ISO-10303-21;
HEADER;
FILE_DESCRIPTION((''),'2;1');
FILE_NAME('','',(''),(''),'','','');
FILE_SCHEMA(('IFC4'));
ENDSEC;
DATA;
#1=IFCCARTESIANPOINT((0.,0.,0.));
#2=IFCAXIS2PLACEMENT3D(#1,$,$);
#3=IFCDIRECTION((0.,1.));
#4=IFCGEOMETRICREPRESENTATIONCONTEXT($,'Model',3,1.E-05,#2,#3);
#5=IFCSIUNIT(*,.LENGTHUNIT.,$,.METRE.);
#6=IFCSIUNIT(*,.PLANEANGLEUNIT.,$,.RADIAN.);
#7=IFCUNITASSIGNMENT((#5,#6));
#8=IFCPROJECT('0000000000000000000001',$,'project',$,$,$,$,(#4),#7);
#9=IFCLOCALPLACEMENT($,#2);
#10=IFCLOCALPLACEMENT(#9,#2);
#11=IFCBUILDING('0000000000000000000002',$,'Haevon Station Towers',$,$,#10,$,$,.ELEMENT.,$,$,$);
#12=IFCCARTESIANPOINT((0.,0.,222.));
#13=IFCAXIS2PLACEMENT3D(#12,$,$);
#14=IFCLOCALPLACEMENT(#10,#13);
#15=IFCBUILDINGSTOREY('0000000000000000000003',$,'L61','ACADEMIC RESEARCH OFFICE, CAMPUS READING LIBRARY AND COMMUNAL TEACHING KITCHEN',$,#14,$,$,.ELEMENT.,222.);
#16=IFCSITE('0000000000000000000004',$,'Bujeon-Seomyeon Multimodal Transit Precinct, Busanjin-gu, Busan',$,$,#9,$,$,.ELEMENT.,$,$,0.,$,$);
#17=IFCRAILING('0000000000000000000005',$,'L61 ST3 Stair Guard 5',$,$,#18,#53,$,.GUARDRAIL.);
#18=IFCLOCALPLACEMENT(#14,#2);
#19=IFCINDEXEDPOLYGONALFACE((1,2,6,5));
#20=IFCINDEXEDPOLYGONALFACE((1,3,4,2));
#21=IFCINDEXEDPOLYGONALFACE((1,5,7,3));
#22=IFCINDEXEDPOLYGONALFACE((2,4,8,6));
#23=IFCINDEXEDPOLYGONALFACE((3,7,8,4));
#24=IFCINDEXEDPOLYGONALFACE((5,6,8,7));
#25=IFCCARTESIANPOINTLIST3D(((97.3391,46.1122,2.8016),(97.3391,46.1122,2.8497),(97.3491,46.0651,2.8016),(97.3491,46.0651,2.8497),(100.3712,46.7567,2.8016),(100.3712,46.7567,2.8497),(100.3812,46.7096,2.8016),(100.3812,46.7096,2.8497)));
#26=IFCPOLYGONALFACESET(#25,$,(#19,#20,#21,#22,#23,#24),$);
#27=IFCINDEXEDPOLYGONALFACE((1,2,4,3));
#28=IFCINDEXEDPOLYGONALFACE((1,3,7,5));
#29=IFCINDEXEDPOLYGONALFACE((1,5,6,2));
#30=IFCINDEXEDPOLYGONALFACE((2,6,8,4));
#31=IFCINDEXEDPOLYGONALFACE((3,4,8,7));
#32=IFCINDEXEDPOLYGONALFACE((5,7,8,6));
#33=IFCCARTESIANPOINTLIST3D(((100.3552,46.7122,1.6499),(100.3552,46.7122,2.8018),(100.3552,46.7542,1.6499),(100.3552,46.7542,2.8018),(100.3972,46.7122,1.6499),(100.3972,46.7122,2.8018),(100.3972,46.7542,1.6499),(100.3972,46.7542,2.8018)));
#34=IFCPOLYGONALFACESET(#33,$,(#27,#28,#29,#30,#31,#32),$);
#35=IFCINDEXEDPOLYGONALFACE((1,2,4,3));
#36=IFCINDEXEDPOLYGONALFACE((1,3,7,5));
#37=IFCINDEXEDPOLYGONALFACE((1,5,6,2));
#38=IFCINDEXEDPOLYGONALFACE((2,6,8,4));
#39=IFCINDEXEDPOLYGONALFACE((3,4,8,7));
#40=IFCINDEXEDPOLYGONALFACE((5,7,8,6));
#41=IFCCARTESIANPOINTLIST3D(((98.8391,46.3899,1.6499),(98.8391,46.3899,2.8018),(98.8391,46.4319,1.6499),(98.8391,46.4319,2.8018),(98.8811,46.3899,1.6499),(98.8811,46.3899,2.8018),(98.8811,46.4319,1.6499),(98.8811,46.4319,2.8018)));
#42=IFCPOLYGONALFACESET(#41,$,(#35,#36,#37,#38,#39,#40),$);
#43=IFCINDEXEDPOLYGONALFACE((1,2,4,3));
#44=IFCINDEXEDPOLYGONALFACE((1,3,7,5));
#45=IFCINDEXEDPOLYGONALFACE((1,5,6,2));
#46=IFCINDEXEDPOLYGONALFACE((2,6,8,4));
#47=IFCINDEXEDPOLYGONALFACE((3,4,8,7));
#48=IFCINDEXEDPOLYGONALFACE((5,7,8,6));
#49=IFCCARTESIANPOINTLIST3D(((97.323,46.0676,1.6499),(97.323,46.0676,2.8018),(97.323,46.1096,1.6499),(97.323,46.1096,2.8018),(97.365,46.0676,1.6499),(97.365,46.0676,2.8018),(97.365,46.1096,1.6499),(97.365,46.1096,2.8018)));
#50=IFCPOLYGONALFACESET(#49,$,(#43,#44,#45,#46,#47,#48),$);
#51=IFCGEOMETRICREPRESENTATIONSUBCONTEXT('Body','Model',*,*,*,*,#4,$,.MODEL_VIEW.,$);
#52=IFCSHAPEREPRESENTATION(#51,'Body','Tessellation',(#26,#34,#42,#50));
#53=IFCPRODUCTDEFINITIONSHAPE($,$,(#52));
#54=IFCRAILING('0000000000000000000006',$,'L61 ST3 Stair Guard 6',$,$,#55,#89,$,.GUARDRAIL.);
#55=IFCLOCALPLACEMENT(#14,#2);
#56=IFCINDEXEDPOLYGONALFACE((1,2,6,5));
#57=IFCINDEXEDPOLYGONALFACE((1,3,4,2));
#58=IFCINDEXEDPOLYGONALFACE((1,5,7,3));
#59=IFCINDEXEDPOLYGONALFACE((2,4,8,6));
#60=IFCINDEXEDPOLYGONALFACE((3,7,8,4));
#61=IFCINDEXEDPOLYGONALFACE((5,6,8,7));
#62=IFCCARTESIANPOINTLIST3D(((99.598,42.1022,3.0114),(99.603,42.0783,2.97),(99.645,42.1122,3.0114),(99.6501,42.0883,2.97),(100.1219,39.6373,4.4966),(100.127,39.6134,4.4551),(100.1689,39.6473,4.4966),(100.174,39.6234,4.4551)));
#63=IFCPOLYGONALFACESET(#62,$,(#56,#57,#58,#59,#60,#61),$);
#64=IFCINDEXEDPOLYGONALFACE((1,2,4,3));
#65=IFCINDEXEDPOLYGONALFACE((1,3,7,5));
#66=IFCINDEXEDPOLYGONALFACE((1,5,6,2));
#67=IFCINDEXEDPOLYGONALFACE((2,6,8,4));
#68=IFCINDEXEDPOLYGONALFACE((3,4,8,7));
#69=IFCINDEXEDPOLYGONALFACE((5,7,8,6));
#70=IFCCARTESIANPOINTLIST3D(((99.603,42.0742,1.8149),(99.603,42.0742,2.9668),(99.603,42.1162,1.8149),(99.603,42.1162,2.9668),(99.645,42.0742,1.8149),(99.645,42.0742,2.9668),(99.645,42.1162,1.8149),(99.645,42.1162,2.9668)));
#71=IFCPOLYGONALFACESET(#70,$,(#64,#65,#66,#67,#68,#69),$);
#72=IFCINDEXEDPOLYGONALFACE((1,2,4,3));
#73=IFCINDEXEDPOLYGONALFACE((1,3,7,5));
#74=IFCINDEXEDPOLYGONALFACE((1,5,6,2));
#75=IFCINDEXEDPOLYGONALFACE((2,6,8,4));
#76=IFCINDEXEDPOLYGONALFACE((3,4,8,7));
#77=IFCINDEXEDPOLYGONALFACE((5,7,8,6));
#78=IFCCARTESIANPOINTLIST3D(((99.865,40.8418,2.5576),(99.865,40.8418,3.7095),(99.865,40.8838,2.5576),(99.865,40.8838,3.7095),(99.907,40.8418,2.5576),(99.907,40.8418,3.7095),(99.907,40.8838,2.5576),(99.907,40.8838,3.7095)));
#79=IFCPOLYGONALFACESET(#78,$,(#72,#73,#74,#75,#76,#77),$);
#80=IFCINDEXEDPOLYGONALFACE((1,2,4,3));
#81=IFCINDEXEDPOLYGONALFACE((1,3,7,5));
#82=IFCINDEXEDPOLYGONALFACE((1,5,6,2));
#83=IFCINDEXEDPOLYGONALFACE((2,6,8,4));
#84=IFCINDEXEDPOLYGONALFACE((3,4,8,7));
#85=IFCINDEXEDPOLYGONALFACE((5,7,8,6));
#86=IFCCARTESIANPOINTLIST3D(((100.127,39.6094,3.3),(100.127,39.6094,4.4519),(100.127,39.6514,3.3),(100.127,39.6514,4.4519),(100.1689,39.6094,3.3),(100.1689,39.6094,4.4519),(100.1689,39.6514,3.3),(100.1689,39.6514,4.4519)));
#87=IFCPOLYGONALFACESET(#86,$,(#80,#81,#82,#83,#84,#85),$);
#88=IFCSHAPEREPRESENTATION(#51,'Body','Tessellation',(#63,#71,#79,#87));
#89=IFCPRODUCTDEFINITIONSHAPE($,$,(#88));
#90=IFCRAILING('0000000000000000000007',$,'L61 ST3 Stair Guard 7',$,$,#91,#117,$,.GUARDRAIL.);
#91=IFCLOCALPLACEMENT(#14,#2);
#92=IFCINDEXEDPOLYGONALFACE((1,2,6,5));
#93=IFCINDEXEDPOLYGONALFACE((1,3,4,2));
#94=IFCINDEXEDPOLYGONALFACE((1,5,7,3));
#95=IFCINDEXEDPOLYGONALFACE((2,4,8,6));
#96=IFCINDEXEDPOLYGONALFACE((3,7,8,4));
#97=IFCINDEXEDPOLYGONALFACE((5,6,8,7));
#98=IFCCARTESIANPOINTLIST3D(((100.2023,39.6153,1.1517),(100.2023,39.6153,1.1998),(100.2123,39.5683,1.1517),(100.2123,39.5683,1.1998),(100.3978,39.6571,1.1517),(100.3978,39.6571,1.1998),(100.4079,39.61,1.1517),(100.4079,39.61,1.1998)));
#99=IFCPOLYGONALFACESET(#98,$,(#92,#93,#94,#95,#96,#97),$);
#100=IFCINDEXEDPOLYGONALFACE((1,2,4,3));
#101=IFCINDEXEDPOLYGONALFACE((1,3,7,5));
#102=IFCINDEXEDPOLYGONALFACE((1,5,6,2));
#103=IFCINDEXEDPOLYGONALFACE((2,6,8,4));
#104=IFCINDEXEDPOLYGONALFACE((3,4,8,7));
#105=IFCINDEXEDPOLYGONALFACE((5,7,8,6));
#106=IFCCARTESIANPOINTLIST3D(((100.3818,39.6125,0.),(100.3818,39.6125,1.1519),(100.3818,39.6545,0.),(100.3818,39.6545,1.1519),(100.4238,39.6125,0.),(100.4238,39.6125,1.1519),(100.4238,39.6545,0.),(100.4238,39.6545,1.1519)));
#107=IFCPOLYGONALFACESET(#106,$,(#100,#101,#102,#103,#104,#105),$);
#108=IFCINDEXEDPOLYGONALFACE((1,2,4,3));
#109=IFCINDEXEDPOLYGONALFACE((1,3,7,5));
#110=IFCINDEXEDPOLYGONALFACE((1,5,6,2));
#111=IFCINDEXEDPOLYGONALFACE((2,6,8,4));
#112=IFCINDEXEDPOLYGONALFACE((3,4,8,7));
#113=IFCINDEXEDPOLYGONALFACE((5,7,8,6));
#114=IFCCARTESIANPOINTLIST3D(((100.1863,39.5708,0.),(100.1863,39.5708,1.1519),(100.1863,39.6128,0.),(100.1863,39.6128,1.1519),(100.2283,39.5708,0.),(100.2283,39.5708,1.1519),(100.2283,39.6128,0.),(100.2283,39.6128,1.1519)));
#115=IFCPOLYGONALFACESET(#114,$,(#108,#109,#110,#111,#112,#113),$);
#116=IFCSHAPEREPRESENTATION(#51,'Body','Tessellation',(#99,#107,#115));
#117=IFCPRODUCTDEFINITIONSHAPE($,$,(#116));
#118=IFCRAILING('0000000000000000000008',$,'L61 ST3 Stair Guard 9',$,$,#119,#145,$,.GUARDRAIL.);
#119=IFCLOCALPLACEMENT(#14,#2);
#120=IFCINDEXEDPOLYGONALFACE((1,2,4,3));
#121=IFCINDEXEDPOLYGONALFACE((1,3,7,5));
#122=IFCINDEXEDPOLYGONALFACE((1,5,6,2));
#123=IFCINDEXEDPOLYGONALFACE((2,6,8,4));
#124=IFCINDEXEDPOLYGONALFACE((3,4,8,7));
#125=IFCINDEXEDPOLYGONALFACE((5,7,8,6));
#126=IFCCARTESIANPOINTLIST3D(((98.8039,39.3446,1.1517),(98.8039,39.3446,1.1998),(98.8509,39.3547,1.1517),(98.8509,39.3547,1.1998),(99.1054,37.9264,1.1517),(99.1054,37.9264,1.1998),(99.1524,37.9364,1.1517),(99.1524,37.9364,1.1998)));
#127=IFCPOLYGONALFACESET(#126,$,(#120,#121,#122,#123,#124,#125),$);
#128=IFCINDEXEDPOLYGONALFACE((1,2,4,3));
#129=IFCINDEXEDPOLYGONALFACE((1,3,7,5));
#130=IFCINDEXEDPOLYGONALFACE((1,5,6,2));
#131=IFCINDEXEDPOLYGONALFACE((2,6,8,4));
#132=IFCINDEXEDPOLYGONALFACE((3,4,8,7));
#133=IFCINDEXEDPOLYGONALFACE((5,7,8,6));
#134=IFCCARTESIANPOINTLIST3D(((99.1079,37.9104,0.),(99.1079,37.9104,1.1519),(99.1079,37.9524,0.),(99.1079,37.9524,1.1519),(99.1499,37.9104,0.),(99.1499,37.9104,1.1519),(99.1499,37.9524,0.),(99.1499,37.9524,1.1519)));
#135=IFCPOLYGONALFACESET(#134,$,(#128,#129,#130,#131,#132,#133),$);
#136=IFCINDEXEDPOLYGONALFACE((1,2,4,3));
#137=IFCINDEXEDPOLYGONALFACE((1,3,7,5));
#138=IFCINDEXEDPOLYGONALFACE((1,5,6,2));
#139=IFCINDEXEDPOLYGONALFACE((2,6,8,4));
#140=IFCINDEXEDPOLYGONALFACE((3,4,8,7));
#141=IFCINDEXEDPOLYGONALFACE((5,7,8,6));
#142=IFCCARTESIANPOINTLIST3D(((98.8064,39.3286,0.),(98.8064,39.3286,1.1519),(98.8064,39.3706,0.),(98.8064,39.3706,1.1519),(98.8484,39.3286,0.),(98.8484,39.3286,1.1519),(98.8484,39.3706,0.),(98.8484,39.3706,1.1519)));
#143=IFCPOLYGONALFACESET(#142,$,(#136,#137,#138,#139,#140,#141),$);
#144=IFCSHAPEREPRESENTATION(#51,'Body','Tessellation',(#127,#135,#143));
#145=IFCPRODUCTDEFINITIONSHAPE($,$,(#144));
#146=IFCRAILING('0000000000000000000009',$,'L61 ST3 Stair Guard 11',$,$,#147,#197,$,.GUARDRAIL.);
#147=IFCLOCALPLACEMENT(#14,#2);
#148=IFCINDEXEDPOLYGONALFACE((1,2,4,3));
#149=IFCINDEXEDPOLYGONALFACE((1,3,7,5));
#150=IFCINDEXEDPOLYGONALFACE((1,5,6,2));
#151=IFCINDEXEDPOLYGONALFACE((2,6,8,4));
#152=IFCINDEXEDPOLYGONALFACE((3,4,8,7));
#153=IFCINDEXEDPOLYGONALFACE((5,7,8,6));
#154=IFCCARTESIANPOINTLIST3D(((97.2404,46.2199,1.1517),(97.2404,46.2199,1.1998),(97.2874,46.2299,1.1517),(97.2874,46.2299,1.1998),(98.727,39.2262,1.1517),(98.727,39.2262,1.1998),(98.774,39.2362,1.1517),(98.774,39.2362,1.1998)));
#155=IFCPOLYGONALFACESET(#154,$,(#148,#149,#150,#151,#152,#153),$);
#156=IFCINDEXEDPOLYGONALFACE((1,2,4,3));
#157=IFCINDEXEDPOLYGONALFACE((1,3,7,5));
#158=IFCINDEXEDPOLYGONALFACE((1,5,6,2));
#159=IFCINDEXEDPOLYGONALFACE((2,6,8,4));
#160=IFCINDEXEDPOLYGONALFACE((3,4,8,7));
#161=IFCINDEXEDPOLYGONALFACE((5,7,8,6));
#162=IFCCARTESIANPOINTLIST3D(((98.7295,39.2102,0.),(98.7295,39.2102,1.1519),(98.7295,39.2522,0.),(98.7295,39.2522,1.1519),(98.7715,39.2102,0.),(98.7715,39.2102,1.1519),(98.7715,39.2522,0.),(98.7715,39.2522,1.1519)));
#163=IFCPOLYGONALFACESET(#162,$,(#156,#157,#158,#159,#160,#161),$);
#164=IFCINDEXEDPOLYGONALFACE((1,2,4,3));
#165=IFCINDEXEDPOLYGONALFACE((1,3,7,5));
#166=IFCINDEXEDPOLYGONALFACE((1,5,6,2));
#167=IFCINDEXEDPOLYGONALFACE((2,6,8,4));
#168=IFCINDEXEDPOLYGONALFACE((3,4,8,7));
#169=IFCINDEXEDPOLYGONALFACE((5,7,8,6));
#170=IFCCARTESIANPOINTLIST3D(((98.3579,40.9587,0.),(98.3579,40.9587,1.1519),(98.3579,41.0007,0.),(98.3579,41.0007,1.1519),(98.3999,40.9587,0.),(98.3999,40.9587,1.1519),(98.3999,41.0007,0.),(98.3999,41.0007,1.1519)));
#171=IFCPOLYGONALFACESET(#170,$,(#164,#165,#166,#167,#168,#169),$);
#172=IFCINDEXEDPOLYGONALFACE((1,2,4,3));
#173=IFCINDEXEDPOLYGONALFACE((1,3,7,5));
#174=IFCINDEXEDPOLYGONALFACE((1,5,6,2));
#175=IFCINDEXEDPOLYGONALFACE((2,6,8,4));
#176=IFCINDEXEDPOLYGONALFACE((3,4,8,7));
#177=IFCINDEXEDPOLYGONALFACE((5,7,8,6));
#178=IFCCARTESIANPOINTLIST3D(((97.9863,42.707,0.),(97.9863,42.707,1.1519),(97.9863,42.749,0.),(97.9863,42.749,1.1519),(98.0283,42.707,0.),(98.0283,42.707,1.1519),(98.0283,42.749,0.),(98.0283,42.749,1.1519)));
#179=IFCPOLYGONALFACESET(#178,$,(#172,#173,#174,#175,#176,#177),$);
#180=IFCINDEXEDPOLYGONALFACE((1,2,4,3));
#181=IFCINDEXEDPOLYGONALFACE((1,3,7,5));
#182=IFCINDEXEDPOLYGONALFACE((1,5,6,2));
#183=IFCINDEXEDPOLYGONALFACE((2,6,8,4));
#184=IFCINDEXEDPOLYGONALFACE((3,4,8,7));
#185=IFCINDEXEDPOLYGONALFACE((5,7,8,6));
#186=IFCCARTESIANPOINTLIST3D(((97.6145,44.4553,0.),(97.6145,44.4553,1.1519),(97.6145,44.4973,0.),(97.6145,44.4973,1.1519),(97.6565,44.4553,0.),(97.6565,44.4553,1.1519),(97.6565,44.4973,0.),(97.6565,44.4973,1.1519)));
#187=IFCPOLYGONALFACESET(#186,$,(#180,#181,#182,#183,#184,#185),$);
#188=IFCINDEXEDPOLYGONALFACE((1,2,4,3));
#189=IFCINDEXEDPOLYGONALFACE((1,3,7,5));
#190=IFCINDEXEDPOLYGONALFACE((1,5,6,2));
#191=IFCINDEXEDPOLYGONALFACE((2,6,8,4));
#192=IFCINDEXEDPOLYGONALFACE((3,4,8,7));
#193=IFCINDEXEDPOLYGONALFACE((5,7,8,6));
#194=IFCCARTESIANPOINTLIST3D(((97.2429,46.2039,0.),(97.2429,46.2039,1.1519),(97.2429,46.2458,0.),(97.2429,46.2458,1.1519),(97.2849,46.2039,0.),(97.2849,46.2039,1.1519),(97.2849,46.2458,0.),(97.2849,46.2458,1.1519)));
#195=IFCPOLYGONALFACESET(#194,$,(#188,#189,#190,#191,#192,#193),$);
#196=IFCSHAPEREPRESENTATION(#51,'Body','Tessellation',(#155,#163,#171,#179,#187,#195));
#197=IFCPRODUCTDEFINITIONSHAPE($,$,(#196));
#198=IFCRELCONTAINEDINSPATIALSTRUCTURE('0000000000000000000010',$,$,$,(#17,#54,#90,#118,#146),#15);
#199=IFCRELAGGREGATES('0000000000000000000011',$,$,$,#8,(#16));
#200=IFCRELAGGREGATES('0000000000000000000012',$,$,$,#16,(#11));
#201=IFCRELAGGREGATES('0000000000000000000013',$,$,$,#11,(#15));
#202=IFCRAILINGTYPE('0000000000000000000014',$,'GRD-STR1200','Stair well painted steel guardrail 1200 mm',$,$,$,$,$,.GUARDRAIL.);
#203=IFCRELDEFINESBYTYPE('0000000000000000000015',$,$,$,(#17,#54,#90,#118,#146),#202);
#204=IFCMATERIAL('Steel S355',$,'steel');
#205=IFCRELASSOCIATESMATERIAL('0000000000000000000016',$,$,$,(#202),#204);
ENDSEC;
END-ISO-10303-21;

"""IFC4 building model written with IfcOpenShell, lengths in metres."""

from ifc_helpers import new_model, si_unit, direction, frame, origin, origin_2d, place, context, subcontext, project, spatial, rectangle, extrude, material, type_object, element, save


model = new_model("IFC4")

# Units and contexts
model_context = context("Model", 3, precision=1e-05, world=origin(), true_north=direction((0.0, 1.0)))
body_context = subcontext(model_context, "Body", "Model", "MODEL_VIEW")
ifc_project = project(units=[si_unit("LENGTHUNIT", "METRE"), si_unit("PLANEANGLEUNIT", "RADIAN")], contexts=[model_context])

# Site, building, storey
site_placement = place(None, origin())
site = spatial("IfcSite", under=ifc_project, at=site_placement, Name="Bujeon-Seomyeon Multimodal Transit Precinct, Busanjin-gu, Busan", CompositionType="ELEMENT", RefElevation=0.0)
building_placement = place(site_placement, origin())
building = spatial("IfcBuilding", under=site, at=building_placement, Name="Haevon Station Towers", CompositionType="ELEMENT")
storey_placement = place(building_placement, frame((0.0, 0.0, 222.0)))
storey = spatial("IfcBuildingStorey", under=building, at=storey_placement, Name="L61", Description="ACADEMIC RESEARCH OFFICE, CAMPUS READING LIBRARY AND COMMUNAL TEACHING KITCHEN", CompositionType="ELEMENT", Elevation=222.0)

# Shared definitions
ifc_material_1 = material(Name="Steel S355", Category="steel")

# Railings
railing_type_1 = type_object("IfcRailingType", Name="GRD-STR1200", Description="Stair well painted steel guardrail 1200 mm", PredefinedType="GUARDRAIL", material=ifc_material_1)
railing_1_placement = place(storey_placement, frame((100.3762, 46.7332, 1.6499)))
element("IfcRailing", 1, at=railing_1_placement, inside=storey, type_object=railing_type_1, Name="L61 ST3 Stair Guard 5", PredefinedType="GUARDRAIL", context=body_context, shape_type="SweptSolid", body=[
    extrude(rectangle(XDim=0.0481, YDim=0.0481, at=origin_2d()), frame((0.0, 0.0, 1.1758), z_axis=(-0.978147, -0.207915, 0.0), x_axis=(0.207915, -0.978147, 0.0)), (0.0, 0.0, 1.0), 3.0999),
    extrude(rectangle(XDim=0.042, YDim=0.042, at=origin_2d()), origin(), (0.0, 0.0, 1.0), 1.1519),
    extrude(rectangle(XDim=0.042, YDim=0.042, at=origin_2d()), frame((-1.5161, -0.3223, 0.0)), (0.0, 0.0, 1.0), 1.1519),
    extrude(rectangle(XDim=0.042, YDim=0.042, at=origin_2d()), frame((-3.0322, -0.6445, 0.0)), (0.0, 0.0, 1.0), 1.1519),
])
railing_2_placement = place(storey_placement, frame((99.624, 42.0952, 1.8149)))
element("IfcRailing", 2, at=railing_2_placement, inside=storey, type_object=railing_type_1, Name="L61 ST3 Stair Guard 6", PredefinedType="GUARDRAIL", context=body_context, shape_type="SweptSolid", body=[
    extrude(rectangle(XDim=0.0481, YDim=0.0481, at=origin_2d()), frame((0.0, 0.0, 1.1758), z_axis=(0.179121, -0.842688, 0.507733), x_axis=(0.978147, 0.207914, 0.0)), (0.0, 0.0, 1.0), 2.925),
    extrude(rectangle(XDim=0.042, YDim=0.042, at=origin_2d()), origin(), (0.0, 0.0, 1.0), 1.1519),
    extrude(rectangle(XDim=0.042, YDim=0.042, at=origin_2d()), frame((0.262, -1.2324, 0.7427)), (0.0, 0.0, 1.0), 1.1519),
    extrude(rectangle(XDim=0.042, YDim=0.042, at=origin_2d()), frame((0.5239, -2.4648, 1.4851)), (0.0, 0.0, 1.0), 1.1519),
])
railing_3_placement = place(storey_placement, frame((100.4028, 39.6335, 0.0)))
element("IfcRailing", 3, at=railing_3_placement, inside=storey, type_object=railing_type_1, Name="L61 ST3 Stair Guard 7", PredefinedType="GUARDRAIL", context=body_context, shape_type="SweptSolid", body=[
    extrude(rectangle(XDim=0.0481, YDim=0.0481, at=origin_2d()), frame((0.0, 0.0, 1.1758), z_axis=(-0.977963, -0.208779, 0.0), x_axis=(0.208779, -0.977963, 0.0)), (0.0, 0.0, 1.0), 0.2),
    extrude(rectangle(XDim=0.042, YDim=0.042, at=origin_2d()), origin(), (0.0, 0.0, 1.0), 1.1519),
    extrude(rectangle(XDim=0.042, YDim=0.042, at=origin_2d()), frame((-0.1956, -0.0417, 0.0)), (0.0, 0.0, 1.0), 1.1519),
])
railing_4_placement = place(storey_placement, frame((99.1289, 37.9314, 0.0)))
element("IfcRailing", 4, at=railing_4_placement, inside=storey, type_object=railing_type_1, Name="L61 ST3 Stair Guard 9", PredefinedType="GUARDRAIL", context=body_context, shape_type="SweptSolid", body=[
    extrude(rectangle(XDim=0.0481, YDim=0.0481, at=origin_2d()), frame((0.0, 0.0, 1.1758), z_axis=(-0.207953, 0.978139, 0.0), x_axis=(-0.978139, -0.207953, 0.0)), (0.0, 0.0, 1.0), 1.45),
    extrude(rectangle(XDim=0.042, YDim=0.042, at=origin_2d()), origin(), (0.0, 0.0, 1.0), 1.1519),
    extrude(rectangle(XDim=0.042, YDim=0.042, at=origin_2d()), frame((-0.3015, 1.4182, 0.0)), (0.0, 0.0, 1.0), 1.1519),
])
railing_5_placement = place(storey_placement, frame((98.7505, 39.2312, 0.0)))
element("IfcRailing", 5, at=railing_5_placement, inside=storey, type_object=railing_type_1, Name="L61 ST3 Stair Guard 11", PredefinedType="GUARDRAIL", context=body_context, shape_type="SweptSolid", body=[
    extrude(rectangle(XDim=0.0481, YDim=0.0481, at=origin_2d()), frame((0.0, 0.0, 1.1758), z_axis=(-0.207915, 0.978147, 0.0), x_axis=(-0.978147, -0.207915, 0.0)), (0.0, 0.0, 1.0), 7.1499),
    extrude(rectangle(XDim=0.042, YDim=0.042, at=origin_2d()), origin(), (0.0, 0.0, 1.0), 1.1519),
    extrude(rectangle(XDim=0.042, YDim=0.042, at=origin_2d()), frame((-0.3716, 1.7485, 0.0)), (0.0, 0.0, 1.0), 1.1519),
    extrude(rectangle(XDim=0.042, YDim=0.042, at=origin_2d()), frame((-0.7432, 3.4968, 0.0)), (0.0, 0.0, 1.0), 1.1519),
    extrude(rectangle(XDim=0.042, YDim=0.042, at=origin_2d()), frame((-1.115, 5.2451, 0.0)), (0.0, 0.0, 1.0), 1.1519),
    extrude(rectangle(XDim=0.042, YDim=0.042, at=origin_2d()), frame((-1.4866, 6.9937, 0.0)), (0.0, 0.0, 1.0), 1.1519),
])

save(model, "model.ifc")
